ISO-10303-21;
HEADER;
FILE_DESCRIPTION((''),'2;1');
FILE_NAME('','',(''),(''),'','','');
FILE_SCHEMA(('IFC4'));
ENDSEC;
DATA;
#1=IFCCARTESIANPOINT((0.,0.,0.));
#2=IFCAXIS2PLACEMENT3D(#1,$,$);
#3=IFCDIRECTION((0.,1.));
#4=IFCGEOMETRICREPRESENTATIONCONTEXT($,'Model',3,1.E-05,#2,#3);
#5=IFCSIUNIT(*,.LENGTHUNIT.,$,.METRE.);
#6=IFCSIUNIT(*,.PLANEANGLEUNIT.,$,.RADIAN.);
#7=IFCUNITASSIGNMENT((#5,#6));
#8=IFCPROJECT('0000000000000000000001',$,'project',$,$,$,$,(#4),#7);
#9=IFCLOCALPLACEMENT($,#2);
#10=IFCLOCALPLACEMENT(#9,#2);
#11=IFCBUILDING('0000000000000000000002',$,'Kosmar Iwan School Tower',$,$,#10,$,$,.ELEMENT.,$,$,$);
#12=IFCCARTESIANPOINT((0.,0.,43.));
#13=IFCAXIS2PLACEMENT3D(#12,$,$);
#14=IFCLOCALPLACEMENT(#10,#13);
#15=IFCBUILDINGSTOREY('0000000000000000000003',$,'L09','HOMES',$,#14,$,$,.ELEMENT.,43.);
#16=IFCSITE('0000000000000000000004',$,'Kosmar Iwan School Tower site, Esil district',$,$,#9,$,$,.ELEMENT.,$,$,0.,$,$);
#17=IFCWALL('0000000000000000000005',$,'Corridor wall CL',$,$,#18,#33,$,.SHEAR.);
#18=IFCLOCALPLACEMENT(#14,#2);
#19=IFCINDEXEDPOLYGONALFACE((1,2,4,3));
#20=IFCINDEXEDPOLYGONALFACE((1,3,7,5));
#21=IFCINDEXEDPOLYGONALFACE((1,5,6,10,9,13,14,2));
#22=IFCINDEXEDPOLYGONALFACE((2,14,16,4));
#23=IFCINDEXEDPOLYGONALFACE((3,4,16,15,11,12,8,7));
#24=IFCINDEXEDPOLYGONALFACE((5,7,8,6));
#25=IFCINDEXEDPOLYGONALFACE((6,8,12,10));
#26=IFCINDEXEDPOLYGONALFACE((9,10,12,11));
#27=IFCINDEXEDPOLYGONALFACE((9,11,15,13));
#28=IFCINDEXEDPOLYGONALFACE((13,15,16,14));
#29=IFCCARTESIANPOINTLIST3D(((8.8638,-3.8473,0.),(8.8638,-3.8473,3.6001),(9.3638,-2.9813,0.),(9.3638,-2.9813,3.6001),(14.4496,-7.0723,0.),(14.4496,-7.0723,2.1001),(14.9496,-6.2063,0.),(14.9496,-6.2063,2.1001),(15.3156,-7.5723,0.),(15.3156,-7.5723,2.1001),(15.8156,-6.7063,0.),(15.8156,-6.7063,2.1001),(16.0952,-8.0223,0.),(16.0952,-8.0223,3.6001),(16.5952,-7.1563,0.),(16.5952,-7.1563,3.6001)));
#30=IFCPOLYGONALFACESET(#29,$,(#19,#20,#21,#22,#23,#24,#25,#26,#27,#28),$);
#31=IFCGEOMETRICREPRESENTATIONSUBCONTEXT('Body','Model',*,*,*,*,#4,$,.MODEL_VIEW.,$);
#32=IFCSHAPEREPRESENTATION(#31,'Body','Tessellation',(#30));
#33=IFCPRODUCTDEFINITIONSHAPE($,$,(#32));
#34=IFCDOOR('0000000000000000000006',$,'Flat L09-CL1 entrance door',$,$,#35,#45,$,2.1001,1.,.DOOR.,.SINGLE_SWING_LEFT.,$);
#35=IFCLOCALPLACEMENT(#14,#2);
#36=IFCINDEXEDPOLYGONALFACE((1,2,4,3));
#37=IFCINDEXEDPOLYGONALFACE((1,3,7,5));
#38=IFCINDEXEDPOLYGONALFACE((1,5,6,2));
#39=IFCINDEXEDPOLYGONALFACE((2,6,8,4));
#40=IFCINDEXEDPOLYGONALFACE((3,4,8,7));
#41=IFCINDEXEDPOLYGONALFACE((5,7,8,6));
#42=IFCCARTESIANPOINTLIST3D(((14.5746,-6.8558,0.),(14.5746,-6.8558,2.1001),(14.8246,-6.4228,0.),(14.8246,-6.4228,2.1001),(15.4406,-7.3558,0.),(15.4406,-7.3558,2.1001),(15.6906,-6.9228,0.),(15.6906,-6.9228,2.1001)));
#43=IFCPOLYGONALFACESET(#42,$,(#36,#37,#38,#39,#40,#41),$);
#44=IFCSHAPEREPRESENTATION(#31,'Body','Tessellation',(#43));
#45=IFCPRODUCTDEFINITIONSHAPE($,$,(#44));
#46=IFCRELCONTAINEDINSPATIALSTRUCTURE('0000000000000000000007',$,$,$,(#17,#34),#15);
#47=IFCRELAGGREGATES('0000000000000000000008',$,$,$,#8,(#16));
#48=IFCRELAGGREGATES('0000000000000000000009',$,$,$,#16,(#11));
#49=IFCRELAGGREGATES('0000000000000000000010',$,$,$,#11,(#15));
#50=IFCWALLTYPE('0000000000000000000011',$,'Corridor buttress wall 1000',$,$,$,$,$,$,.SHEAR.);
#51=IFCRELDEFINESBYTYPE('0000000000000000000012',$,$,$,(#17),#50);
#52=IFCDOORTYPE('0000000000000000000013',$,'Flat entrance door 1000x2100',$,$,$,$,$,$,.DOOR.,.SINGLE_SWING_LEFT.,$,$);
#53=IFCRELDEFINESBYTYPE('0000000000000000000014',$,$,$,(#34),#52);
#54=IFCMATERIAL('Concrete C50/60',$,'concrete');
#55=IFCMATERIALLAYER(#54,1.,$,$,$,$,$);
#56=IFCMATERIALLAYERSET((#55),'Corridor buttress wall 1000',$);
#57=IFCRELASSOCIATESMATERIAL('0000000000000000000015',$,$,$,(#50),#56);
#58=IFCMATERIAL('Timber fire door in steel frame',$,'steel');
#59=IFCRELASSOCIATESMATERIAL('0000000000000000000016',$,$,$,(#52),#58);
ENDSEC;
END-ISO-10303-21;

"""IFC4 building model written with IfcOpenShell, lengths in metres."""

from ifc_helpers import new_model, si_unit, direction, frame, frame_2d, origin, place, context, subcontext, project, spatial, rectangle, extrude, material, layer, layer_set, type_object, element, fill, save


model = new_model("IFC4")

# Units and contexts
model_context = context("Model", 3, precision=1e-05, world=origin(), true_north=direction((0.0, 1.0)))
body_context = subcontext(model_context, "Body", "Model", "MODEL_VIEW")
ifc_project = project(units=[si_unit("LENGTHUNIT", "METRE"), si_unit("PLANEANGLEUNIT", "RADIAN")], contexts=[model_context])

# Site, building, storey
site_placement = place(None, origin())
site = spatial("IfcSite", under=ifc_project, at=site_placement, Name="Kosmar Iwan School Tower site, Esil district", CompositionType="ELEMENT", RefElevation=0.0)
building_placement = place(site_placement, origin())
building = spatial("IfcBuilding", under=site, at=building_placement, Name="Kosmar Iwan School Tower", CompositionType="ELEMENT")
storey_placement = place(building_placement, frame((0.0, 0.0, 43.0)))
storey = spatial("IfcBuildingStorey", under=building, at=storey_placement, Name="L09", Description="HOMES", CompositionType="ELEMENT", Elevation=43.0)

# Wall, opening, door
ifc_material_1 = material(Name="Concrete C50/60", Category="concrete")
ifc_layer_1 = layer(ifc_material_1, 1.0)
ifc_layer_set_1 = layer_set([ifc_layer_1], Name="Corridor buttress wall 1000")
wall_type_1 = type_object("IfcWallType", Name="Corridor buttress wall 1000", PredefinedType="SHEAR", material=ifc_layer_set_1)
wall_1_placement = place(storey_placement, frame((9.1138, -3.4143, 0.0), z_axis=(0.0, 0.0, 1.0), x_axis=(0.866027, -0.499997, 0.0)))
wall_1 = element("IfcWall", 1, at=wall_1_placement, inside=storey, type_object=wall_type_1, Name="Corridor wall CL", PredefinedType="SHEAR", context=body_context, shape_type="SweptSolid", body=[
    extrude(rectangle(XDim=8.3501, YDim=1.0, at=frame_2d((4.175, 0.0))), origin(), (0.0, 0.0, 1.0), 3.6001),
])
opening_1_placement = place(wall_1_placement, frame((6.45, 0.0, 0.0)))
opening_1 = element("IfcOpeningElement", 2, at=opening_1_placement, cuts=wall_1, PredefinedType="OPENING", context=body_context, shape_type="SweptSolid", body=[
    extrude(rectangle(XDim=1.0, YDim=2.1001, at=frame_2d((0.5, 1.05))), frame((0.0, 0.512, 0.0), z_axis=(0.0, -1.0, 0.0), x_axis=(1.0, 0.0, 0.0)), (0.0, 0.0, 1.0), 1.0239),
])
ifc_material_2 = material(Name="Timber fire door in steel frame", Category="steel")
door_type_1 = type_object("IfcDoorType", Name="Flat entrance door 1000x2100", OperationType="SINGLE_SWING_LEFT", PredefinedType="DOOR", material=ifc_material_2)
door_1_placement = place(opening_1_placement, origin())
door_1 = element("IfcDoor", 3, at=door_1_placement, inside=storey, type_object=door_type_1, Name="Flat L09-CL1 entrance door", OperationType="SINGLE_SWING_LEFT", OverallHeight=2.1001, OverallWidth=1.0, PredefinedType="DOOR", context=body_context, shape_type="SweptSolid", body=[
    extrude(rectangle(XDim=1.0, YDim=2.1001, at=frame_2d((0.5, 1.05))), frame((0.0, 0.25, 0.0), z_axis=(0.0, -1.0, 0.0), x_axis=(1.0, 0.0, 0.0)), (0.0, 0.0, 1.0), 0.5),
])
fill(opening_1, door_1)

save(model, "model.ifc")
